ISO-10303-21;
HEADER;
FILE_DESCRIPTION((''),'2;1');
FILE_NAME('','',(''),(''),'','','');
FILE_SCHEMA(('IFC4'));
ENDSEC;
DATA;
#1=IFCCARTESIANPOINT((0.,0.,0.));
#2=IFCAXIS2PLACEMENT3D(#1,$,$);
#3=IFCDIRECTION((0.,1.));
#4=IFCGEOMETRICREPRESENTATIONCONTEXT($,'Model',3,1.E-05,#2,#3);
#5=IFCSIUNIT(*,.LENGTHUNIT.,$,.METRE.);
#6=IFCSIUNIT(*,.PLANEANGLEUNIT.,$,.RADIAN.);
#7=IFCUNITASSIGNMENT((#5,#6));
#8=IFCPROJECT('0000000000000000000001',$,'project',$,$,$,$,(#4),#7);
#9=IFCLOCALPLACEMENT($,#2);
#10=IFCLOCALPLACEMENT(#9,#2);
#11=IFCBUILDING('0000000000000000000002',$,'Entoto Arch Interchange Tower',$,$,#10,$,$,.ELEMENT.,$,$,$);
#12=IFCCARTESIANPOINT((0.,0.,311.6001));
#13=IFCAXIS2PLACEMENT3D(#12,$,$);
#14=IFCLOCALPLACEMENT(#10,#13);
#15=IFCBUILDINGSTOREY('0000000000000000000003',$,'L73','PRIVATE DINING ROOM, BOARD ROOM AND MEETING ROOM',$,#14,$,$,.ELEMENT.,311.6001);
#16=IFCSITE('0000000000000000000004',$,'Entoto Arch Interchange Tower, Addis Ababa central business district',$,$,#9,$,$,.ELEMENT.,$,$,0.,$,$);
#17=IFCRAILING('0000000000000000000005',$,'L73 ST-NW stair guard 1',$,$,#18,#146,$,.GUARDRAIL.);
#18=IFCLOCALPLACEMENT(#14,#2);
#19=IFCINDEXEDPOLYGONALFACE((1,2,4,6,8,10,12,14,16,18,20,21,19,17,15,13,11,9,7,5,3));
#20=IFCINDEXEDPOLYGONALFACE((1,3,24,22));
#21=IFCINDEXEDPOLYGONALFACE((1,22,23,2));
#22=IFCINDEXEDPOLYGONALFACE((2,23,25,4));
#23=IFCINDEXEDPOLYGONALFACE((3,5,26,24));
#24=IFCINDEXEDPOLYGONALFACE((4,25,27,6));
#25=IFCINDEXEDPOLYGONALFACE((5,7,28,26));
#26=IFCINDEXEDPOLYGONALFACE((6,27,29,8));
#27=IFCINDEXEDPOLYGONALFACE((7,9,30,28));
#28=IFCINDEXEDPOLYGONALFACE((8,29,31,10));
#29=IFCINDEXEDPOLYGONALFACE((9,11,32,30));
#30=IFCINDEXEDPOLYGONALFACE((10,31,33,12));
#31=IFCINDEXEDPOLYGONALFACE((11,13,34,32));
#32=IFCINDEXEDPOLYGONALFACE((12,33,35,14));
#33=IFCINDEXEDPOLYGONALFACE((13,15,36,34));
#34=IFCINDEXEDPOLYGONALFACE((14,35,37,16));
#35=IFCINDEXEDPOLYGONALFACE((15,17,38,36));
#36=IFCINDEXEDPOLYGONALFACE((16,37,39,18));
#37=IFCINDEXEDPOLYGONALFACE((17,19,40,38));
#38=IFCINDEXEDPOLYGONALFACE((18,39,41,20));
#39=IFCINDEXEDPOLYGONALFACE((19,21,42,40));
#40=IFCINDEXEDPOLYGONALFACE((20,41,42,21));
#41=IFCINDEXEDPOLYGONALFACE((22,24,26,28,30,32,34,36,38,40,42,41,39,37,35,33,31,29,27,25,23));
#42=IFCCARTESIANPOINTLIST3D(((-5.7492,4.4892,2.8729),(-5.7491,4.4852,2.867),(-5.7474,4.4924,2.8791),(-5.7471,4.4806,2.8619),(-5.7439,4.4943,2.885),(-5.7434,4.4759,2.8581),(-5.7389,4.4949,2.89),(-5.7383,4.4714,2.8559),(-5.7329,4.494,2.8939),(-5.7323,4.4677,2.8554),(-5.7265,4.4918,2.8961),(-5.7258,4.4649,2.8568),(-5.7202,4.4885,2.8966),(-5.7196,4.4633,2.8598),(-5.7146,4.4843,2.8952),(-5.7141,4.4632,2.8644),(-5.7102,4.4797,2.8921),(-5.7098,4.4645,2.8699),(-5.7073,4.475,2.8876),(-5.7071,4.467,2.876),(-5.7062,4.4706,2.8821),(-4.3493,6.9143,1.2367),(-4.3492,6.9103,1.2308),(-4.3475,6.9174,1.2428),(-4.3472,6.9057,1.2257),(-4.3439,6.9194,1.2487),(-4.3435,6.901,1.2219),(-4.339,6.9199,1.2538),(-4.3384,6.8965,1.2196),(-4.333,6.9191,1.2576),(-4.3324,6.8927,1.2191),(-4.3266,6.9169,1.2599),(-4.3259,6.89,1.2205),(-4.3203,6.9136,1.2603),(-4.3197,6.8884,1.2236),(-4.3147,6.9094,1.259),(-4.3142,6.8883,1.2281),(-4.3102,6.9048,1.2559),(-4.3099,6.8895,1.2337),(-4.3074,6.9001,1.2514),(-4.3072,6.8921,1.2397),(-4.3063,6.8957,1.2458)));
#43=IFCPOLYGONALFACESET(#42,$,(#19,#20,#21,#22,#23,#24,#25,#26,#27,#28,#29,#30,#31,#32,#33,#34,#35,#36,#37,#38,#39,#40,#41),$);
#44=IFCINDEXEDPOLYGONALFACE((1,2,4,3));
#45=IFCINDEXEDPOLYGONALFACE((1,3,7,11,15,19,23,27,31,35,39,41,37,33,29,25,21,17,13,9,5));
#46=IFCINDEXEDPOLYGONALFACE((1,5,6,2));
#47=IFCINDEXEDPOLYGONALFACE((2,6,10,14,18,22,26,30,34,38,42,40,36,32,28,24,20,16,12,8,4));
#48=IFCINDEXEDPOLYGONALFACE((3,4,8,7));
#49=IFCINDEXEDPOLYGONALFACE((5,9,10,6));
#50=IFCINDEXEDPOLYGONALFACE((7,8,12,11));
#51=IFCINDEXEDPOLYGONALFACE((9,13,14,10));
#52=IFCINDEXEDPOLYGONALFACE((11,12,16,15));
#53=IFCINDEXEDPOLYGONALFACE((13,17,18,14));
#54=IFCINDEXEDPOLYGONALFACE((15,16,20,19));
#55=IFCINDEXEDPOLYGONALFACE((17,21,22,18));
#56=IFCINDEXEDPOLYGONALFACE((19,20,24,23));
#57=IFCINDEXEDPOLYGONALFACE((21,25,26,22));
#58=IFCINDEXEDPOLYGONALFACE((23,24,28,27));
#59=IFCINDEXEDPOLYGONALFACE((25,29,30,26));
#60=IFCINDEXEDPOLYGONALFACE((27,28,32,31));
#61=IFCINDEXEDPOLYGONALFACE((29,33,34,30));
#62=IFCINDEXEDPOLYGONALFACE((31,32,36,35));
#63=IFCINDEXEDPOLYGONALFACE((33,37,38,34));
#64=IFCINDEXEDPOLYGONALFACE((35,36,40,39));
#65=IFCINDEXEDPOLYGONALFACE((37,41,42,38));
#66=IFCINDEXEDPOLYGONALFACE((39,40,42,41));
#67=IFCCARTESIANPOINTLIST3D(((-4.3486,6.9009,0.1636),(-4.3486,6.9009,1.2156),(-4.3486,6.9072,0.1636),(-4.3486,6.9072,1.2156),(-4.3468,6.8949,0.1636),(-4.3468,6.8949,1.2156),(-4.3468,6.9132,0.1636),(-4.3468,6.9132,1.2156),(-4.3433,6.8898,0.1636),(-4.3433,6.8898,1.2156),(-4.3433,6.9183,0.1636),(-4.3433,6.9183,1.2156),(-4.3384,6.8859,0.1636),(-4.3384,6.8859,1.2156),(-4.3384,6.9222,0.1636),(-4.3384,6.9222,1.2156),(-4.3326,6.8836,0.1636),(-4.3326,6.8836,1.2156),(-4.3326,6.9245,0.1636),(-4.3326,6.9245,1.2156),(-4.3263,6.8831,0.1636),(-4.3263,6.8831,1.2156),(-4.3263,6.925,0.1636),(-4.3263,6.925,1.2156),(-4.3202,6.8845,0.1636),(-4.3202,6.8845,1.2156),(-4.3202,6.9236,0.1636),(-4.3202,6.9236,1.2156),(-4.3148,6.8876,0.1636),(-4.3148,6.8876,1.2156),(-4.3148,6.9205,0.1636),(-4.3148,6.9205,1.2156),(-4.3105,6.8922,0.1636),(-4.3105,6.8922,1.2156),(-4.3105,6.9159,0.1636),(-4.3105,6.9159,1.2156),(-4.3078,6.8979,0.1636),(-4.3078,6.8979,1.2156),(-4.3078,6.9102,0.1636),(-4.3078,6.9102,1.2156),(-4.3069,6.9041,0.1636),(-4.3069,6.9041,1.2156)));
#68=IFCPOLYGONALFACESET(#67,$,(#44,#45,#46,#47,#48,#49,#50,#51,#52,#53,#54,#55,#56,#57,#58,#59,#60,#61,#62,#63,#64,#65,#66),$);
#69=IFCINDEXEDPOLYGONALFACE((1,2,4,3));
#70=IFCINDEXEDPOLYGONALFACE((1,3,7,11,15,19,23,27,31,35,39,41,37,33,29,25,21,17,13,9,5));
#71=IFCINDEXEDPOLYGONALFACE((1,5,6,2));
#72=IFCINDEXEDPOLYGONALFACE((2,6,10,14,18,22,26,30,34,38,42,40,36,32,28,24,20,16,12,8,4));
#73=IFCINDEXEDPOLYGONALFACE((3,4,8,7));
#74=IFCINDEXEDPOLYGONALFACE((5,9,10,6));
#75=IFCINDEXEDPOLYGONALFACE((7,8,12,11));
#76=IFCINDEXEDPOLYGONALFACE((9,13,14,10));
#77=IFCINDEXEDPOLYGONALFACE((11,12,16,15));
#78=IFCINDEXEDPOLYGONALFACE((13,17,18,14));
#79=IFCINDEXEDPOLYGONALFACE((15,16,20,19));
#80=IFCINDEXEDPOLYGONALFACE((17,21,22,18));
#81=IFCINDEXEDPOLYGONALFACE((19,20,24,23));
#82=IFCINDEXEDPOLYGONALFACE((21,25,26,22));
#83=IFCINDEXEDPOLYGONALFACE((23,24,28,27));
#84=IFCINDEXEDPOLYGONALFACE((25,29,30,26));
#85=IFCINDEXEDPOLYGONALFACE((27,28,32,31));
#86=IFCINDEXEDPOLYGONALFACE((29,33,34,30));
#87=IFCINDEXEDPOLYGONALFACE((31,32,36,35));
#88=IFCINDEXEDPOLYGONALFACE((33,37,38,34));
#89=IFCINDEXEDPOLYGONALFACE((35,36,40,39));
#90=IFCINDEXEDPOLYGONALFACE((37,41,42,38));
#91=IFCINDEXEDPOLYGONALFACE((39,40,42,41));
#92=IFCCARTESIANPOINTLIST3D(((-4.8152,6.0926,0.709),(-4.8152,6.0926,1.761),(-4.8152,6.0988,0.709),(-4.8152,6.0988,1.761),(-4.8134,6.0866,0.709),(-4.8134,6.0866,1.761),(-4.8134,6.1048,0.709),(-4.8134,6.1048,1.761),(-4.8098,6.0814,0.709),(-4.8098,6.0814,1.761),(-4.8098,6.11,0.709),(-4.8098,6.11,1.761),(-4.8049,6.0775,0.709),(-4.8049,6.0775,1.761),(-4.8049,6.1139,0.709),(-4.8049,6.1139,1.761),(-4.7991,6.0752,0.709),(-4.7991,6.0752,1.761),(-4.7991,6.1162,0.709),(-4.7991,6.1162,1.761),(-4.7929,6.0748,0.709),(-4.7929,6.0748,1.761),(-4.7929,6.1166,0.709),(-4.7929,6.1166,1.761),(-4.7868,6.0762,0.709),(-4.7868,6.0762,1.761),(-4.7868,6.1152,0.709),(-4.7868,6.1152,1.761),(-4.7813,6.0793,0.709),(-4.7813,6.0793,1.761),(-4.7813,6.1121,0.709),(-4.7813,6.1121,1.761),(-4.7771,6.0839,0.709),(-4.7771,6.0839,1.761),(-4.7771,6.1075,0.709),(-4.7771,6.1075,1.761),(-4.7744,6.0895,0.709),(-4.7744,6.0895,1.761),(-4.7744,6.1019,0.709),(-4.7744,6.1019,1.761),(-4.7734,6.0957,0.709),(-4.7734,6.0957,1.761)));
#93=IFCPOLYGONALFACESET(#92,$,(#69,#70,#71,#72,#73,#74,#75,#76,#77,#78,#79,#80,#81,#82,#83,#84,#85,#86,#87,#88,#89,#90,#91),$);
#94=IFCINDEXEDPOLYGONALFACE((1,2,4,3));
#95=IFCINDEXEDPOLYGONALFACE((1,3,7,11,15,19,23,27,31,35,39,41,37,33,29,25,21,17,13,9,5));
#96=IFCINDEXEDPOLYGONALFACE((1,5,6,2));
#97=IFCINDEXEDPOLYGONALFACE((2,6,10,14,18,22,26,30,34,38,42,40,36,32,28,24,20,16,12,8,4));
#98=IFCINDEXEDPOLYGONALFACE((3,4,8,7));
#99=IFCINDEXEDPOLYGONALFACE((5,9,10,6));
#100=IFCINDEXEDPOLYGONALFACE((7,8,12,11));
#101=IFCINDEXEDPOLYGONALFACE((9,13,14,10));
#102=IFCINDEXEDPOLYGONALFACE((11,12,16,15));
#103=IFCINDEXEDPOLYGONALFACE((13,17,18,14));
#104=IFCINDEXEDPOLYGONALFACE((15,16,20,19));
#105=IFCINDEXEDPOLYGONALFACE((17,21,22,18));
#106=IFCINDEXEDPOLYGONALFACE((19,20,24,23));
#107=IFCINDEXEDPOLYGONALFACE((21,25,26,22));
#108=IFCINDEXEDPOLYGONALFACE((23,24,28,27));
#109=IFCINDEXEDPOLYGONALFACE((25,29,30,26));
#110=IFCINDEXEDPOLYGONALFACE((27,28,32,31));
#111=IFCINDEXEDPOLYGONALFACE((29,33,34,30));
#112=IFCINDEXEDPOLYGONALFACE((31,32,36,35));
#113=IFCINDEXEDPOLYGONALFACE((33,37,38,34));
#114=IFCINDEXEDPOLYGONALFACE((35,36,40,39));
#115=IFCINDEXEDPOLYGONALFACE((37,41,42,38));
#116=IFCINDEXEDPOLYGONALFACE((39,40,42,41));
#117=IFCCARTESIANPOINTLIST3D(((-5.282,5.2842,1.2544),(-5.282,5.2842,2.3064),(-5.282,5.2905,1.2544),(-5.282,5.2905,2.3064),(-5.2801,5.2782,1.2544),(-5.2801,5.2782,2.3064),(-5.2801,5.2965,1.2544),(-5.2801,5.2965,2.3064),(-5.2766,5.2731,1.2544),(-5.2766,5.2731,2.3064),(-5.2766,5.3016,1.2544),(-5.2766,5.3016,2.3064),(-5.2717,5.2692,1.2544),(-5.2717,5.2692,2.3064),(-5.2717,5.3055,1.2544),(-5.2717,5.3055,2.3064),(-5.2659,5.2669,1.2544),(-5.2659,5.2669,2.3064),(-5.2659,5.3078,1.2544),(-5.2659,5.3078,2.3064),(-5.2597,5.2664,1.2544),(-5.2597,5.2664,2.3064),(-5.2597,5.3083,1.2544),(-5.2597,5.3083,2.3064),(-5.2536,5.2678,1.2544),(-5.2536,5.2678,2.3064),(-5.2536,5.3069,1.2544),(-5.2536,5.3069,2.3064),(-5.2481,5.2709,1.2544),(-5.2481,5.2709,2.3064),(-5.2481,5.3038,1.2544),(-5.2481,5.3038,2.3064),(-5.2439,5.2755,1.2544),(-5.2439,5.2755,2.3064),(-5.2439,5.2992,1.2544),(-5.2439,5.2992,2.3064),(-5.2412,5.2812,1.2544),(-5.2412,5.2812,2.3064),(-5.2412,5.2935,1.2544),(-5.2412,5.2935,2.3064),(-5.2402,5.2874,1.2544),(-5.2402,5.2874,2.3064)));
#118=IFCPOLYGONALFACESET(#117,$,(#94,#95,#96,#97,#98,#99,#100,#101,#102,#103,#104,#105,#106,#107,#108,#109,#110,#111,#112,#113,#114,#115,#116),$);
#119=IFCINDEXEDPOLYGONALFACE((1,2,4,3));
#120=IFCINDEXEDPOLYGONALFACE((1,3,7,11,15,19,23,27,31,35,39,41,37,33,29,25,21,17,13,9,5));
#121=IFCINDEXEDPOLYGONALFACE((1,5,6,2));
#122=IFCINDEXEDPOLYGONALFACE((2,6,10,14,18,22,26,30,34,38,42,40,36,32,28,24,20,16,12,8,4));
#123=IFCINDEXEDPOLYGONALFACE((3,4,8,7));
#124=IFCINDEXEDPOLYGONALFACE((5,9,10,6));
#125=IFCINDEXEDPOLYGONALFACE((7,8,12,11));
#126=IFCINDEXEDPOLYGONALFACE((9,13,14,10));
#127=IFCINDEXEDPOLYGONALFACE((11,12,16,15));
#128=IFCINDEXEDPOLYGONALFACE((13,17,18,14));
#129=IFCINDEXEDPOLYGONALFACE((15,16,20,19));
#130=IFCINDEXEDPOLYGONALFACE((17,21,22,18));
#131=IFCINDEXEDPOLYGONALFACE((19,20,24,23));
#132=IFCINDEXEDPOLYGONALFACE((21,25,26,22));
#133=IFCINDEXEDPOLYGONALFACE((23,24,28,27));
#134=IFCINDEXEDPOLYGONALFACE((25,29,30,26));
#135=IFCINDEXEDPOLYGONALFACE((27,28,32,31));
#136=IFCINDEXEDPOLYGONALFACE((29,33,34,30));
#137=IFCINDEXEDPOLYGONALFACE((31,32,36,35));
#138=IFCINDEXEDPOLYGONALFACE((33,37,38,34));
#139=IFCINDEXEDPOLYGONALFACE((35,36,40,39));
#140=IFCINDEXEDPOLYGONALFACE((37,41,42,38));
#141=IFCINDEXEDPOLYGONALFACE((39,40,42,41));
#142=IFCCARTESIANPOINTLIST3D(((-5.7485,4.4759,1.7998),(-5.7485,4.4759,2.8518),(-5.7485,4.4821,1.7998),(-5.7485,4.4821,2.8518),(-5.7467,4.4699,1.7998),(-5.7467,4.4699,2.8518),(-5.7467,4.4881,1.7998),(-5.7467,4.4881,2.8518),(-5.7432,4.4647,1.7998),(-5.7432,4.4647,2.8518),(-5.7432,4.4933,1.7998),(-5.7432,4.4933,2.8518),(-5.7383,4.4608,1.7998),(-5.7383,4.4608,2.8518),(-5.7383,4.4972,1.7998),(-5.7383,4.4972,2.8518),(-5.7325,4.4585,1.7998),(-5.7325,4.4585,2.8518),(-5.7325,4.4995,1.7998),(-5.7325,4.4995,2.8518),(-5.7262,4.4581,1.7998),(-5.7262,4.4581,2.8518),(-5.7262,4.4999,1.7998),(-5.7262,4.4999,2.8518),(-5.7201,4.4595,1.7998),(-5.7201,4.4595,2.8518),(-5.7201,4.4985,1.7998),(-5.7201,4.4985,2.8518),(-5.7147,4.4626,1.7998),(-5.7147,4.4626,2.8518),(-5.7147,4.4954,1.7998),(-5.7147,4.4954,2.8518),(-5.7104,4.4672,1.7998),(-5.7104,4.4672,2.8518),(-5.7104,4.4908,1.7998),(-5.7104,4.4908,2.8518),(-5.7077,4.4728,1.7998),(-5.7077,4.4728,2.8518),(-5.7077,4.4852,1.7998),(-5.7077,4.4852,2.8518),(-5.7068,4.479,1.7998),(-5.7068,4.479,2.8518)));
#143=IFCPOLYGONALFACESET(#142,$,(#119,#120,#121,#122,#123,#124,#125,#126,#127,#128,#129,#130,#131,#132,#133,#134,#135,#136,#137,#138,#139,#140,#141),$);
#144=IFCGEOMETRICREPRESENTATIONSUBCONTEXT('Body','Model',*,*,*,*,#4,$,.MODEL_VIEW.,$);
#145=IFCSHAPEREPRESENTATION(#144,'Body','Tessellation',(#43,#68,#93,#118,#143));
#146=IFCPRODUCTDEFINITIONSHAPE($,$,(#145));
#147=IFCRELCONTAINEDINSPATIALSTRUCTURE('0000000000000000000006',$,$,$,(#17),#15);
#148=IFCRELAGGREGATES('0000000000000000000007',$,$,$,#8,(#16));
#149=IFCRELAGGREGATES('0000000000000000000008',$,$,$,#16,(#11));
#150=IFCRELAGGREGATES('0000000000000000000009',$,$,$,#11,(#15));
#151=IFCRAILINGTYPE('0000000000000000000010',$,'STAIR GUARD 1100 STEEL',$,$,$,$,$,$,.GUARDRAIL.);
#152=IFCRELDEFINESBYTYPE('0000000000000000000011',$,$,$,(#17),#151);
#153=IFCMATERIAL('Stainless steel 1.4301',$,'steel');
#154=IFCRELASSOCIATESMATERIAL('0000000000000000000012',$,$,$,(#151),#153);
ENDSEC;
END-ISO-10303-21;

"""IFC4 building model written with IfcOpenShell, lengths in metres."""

from ifc_helpers import new_model, si_unit, direction, frame, origin, origin_2d, place, context, subcontext, project, spatial, circle, extrude, material, type_object, element, save


model = new_model("IFC4")

# Units and contexts
model_context = context("Model", 3, precision=1e-05, world=origin(), true_north=direction((0.0, 1.0)))
body_context = subcontext(model_context, "Body", "Model", "MODEL_VIEW")
ifc_project = project(units=[si_unit("LENGTHUNIT", "METRE"), si_unit("PLANEANGLEUNIT", "RADIAN")], contexts=[model_context])

# Site, building, storey
site_placement = place(None, origin())
site = spatial("IfcSite", under=ifc_project, at=site_placement, Name="Entoto Arch Interchange Tower, Addis Ababa central business district", CompositionType="ELEMENT", RefElevation=0.0)
building_placement = place(site_placement, origin())
building = spatial("IfcBuilding", under=site, at=building_placement, Name="Entoto Arch Interchange Tower", CompositionType="ELEMENT")
storey_placement = place(building_placement, frame((0.0, 0.0, 311.6001)))
storey = spatial("IfcBuildingStorey", under=building, at=storey_placement, Name="L73", Description="PRIVATE DINING ROOM, BOARD ROOM AND MEETING ROOM", CompositionType="ELEMENT", Elevation=311.6001)

# Railing
ifc_material_1 = material(Name="Stainless steel 1.4301", Category="steel")
railing_type_1 = type_object("IfcRailingType", Name="STAIR GUARD 1100 STEEL", PredefinedType="GUARDRAIL", material=ifc_material_1)
railing_1_placement = place(storey_placement, frame((-4.3279, 6.9041, 0.1636)))
element("IfcRailing", 1, at=railing_1_placement, inside=storey, type_object=railing_type_1, Name="L73 ST-NW stair guard 1", PredefinedType="GUARDRAIL", context=body_context, shape_type="SweptSolid", body=[
    extrude(circle(Radius=0.0239, at=origin_2d()), frame((0.0, 0.0, 1.0762), z_axis=(-0.431653, -0.747751, 0.504523), x_axis=(0.866056, -0.499946, 0.0)), (0.0, 0.0, 1.0), 3.2432),
    extrude(circle(Radius=0.021, at=origin_2d()), origin(), (0.0, 0.0, 1.0), 1.052),
    extrude(circle(Radius=0.021, at=origin_2d()), frame((-0.4666, -0.8083, 0.5454)), (0.0, 0.0, 1.0), 1.052),
    extrude(circle(Radius=0.021, at=origin_2d()), frame((-0.9333, -1.6167, 1.0908)), (0.0, 0.0, 1.0), 1.052),
    extrude(circle(Radius=0.021, at=origin_2d()), frame((-1.3999, -2.425, 1.6362)), (0.0, 0.0, 1.0), 1.052),
])

save(model, "model.ifc")
